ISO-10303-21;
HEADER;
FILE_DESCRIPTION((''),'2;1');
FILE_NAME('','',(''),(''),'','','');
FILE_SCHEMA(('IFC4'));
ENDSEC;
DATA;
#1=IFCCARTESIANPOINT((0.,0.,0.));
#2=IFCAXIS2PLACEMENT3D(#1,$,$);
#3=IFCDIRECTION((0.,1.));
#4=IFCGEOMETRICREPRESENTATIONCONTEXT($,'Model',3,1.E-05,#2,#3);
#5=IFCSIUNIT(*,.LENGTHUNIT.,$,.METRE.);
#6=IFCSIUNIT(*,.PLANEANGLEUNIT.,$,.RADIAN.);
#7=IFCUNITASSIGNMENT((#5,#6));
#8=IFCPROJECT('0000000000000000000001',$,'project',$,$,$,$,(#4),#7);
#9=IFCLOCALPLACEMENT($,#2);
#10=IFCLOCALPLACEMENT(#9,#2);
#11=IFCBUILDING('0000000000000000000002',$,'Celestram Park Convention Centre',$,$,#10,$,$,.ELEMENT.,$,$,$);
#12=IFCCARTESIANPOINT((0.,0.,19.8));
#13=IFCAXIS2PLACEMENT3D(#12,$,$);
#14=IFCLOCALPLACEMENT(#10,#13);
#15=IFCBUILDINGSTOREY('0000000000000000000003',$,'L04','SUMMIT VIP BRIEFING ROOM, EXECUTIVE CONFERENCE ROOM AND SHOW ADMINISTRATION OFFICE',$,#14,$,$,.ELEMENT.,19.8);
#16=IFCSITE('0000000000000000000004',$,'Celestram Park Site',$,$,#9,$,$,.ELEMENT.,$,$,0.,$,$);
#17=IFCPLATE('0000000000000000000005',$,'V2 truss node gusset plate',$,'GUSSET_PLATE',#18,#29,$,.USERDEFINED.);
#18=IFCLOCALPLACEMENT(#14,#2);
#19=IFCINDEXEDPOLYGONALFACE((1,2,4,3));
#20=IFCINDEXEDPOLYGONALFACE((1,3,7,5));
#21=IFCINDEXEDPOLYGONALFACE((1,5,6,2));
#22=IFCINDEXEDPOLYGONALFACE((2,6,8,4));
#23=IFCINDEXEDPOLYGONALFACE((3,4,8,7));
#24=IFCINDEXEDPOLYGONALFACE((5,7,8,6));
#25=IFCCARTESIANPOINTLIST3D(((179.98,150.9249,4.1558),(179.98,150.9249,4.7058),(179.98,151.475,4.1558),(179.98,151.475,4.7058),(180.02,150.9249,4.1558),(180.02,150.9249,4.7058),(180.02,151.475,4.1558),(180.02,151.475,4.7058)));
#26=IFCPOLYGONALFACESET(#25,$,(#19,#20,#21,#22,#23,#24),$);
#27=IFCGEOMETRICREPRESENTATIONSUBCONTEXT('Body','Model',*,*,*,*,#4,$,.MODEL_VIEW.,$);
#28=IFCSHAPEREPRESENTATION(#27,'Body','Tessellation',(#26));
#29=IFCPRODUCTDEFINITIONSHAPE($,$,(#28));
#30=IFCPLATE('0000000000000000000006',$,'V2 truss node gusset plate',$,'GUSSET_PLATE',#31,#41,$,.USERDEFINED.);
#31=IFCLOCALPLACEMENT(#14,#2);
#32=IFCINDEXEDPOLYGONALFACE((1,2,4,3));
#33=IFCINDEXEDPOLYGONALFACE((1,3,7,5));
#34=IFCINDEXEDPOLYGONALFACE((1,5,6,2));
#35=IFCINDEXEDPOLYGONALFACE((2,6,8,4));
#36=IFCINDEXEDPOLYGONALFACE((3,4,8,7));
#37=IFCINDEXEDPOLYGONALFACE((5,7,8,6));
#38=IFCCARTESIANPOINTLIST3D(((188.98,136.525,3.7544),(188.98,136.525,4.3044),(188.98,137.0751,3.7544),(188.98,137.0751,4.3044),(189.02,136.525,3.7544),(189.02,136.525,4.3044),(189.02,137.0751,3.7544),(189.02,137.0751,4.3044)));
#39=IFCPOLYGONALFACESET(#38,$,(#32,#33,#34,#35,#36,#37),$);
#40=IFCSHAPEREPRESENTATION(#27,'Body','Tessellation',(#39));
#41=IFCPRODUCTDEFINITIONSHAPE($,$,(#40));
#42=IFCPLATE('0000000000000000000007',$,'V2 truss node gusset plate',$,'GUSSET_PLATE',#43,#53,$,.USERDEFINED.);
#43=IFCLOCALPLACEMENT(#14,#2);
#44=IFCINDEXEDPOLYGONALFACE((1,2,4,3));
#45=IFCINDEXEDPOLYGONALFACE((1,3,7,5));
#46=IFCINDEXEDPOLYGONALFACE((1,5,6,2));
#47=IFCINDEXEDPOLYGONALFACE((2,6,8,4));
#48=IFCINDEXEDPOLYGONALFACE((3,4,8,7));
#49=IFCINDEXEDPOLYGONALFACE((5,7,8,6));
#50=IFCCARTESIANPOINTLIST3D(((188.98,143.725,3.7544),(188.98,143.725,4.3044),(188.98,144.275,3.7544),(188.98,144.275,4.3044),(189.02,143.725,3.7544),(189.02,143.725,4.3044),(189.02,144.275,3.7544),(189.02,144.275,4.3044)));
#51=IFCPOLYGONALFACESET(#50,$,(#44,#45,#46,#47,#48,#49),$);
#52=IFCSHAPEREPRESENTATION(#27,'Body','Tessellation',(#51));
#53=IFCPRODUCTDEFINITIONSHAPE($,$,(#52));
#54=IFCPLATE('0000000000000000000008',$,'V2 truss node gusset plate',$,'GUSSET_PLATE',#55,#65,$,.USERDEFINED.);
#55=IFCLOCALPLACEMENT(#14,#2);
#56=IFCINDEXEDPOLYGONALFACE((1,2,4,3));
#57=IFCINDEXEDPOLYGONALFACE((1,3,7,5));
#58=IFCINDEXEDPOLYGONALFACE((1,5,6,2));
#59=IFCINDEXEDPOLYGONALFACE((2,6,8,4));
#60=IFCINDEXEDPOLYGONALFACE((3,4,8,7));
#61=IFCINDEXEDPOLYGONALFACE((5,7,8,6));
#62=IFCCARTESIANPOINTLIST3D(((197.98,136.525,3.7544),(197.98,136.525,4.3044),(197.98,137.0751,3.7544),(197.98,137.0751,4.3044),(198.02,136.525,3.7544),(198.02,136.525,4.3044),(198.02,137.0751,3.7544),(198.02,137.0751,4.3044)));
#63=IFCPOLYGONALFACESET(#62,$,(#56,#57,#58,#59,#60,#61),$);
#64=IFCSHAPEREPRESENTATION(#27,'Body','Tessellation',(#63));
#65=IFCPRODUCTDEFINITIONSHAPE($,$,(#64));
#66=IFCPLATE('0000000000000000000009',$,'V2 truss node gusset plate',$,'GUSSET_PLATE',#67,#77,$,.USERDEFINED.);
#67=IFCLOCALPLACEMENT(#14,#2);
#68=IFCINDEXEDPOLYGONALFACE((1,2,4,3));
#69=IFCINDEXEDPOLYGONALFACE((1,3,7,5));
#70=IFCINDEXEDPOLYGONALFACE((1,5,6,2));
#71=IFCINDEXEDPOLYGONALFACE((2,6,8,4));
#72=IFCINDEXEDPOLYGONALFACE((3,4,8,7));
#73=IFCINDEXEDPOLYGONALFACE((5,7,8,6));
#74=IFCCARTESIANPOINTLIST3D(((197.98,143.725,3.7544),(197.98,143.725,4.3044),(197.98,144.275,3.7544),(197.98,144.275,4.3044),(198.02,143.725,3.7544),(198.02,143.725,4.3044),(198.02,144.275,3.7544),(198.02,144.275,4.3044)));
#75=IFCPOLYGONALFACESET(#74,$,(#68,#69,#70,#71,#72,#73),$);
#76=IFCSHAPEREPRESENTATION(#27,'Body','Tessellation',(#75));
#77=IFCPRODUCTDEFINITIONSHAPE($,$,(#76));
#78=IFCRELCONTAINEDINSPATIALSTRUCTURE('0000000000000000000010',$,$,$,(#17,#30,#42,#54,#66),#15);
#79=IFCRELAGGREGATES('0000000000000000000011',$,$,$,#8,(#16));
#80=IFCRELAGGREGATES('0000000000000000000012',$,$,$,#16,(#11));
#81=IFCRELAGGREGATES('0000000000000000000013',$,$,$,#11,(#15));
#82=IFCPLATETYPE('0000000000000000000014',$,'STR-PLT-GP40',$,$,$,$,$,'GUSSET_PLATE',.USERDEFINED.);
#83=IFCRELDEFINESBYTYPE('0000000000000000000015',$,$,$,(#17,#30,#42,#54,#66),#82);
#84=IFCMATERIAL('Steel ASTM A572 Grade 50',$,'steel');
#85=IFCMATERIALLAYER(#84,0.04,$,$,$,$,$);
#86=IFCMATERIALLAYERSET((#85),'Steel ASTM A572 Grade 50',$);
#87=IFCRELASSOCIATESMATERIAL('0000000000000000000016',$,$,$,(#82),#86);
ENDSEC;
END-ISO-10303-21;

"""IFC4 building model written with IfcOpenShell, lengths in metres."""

from ifc_helpers import new_model, si_unit, direction, frame, origin, origin_2d, place, context, subcontext, project, spatial, rectangle, extrude, material, layer, layer_set, type_object, element, save


model = new_model("IFC4")

# Units and contexts
model_context = context("Model", 3, precision=1e-05, world=origin(), true_north=direction((0.0, 1.0)))
body_context = subcontext(model_context, "Body", "Model", "MODEL_VIEW")
ifc_project = project(units=[si_unit("LENGTHUNIT", "METRE"), si_unit("PLANEANGLEUNIT", "RADIAN")], contexts=[model_context])

# Site, building, storey
site_placement = place(None, origin())
site = spatial("IfcSite", under=ifc_project, at=site_placement, Name="Celestram Park Site", CompositionType="ELEMENT", RefElevation=0.0)
building_placement = place(site_placement, origin())
building = spatial("IfcBuilding", under=site, at=building_placement, Name="Celestram Park Convention Centre", CompositionType="ELEMENT")
storey_placement = place(building_placement, frame((0.0, 0.0, 19.8)))
storey = spatial("IfcBuildingStorey", under=building, at=storey_placement, Name="L04", Description="SUMMIT VIP BRIEFING ROOM, EXECUTIVE CONFERENCE ROOM AND SHOW ADMINISTRATION OFFICE", CompositionType="ELEMENT", Elevation=19.8)

# Plates
ifc_material_1 = material(Name="Steel ASTM A572 Grade 50", Category="steel")
ifc_layer = layer(ifc_material_1, 0.04)
ifc_layer_set = layer_set([ifc_layer], Name="Steel ASTM A572 Grade 50")
plate_type = type_object("IfcPlateType", Name="STR-PLT-GP40", ElementType="GUSSET_PLATE", PredefinedType="USERDEFINED", material=ifc_layer_set)
for number, where, z_axis, x_axis, name in (
    (1, (180.0, 151.2, 4.1558), (0.0, 0.0, 1.0), (0.0, 1.0, 0.0), "V2 truss node gusset plate"),
    (2, (189.0, 136.8, 3.7544), (0.0, 0.0, 1.0), (0.0, 1.0, 0.0), "V2 truss node gusset plate"),
    (3, (189.0, 144.0, 3.7544), (0.0, 0.0, 1.0), (0.0, 1.0, 0.0), "V2 truss node gusset plate"),
    (4, (198.0, 136.8, 3.7544), (0.0, 0.0, 1.0), (0.0, 1.0, 0.0), "V2 truss node gusset plate"),
    (5, (198.0, 144.0, 3.7544), (0.0, 0.0, 1.0), (0.0, 1.0, 0.0), "V2 truss node gusset plate"),
):
    element("IfcPlate", number, at=place(storey_placement, frame(where, z_axis=z_axis, x_axis=x_axis)), inside=storey, type_object=plate_type, Name=name, ObjectType="GUSSET_PLATE", PredefinedType="USERDEFINED", context=body_context, shape_type="SweptSolid", body=[
        extrude(rectangle(XDim=0.55, YDim=0.04, at=origin_2d()), origin(), (0.0, 0.0, 1.0), 0.55),
    ])

save(model, "model.ifc")
